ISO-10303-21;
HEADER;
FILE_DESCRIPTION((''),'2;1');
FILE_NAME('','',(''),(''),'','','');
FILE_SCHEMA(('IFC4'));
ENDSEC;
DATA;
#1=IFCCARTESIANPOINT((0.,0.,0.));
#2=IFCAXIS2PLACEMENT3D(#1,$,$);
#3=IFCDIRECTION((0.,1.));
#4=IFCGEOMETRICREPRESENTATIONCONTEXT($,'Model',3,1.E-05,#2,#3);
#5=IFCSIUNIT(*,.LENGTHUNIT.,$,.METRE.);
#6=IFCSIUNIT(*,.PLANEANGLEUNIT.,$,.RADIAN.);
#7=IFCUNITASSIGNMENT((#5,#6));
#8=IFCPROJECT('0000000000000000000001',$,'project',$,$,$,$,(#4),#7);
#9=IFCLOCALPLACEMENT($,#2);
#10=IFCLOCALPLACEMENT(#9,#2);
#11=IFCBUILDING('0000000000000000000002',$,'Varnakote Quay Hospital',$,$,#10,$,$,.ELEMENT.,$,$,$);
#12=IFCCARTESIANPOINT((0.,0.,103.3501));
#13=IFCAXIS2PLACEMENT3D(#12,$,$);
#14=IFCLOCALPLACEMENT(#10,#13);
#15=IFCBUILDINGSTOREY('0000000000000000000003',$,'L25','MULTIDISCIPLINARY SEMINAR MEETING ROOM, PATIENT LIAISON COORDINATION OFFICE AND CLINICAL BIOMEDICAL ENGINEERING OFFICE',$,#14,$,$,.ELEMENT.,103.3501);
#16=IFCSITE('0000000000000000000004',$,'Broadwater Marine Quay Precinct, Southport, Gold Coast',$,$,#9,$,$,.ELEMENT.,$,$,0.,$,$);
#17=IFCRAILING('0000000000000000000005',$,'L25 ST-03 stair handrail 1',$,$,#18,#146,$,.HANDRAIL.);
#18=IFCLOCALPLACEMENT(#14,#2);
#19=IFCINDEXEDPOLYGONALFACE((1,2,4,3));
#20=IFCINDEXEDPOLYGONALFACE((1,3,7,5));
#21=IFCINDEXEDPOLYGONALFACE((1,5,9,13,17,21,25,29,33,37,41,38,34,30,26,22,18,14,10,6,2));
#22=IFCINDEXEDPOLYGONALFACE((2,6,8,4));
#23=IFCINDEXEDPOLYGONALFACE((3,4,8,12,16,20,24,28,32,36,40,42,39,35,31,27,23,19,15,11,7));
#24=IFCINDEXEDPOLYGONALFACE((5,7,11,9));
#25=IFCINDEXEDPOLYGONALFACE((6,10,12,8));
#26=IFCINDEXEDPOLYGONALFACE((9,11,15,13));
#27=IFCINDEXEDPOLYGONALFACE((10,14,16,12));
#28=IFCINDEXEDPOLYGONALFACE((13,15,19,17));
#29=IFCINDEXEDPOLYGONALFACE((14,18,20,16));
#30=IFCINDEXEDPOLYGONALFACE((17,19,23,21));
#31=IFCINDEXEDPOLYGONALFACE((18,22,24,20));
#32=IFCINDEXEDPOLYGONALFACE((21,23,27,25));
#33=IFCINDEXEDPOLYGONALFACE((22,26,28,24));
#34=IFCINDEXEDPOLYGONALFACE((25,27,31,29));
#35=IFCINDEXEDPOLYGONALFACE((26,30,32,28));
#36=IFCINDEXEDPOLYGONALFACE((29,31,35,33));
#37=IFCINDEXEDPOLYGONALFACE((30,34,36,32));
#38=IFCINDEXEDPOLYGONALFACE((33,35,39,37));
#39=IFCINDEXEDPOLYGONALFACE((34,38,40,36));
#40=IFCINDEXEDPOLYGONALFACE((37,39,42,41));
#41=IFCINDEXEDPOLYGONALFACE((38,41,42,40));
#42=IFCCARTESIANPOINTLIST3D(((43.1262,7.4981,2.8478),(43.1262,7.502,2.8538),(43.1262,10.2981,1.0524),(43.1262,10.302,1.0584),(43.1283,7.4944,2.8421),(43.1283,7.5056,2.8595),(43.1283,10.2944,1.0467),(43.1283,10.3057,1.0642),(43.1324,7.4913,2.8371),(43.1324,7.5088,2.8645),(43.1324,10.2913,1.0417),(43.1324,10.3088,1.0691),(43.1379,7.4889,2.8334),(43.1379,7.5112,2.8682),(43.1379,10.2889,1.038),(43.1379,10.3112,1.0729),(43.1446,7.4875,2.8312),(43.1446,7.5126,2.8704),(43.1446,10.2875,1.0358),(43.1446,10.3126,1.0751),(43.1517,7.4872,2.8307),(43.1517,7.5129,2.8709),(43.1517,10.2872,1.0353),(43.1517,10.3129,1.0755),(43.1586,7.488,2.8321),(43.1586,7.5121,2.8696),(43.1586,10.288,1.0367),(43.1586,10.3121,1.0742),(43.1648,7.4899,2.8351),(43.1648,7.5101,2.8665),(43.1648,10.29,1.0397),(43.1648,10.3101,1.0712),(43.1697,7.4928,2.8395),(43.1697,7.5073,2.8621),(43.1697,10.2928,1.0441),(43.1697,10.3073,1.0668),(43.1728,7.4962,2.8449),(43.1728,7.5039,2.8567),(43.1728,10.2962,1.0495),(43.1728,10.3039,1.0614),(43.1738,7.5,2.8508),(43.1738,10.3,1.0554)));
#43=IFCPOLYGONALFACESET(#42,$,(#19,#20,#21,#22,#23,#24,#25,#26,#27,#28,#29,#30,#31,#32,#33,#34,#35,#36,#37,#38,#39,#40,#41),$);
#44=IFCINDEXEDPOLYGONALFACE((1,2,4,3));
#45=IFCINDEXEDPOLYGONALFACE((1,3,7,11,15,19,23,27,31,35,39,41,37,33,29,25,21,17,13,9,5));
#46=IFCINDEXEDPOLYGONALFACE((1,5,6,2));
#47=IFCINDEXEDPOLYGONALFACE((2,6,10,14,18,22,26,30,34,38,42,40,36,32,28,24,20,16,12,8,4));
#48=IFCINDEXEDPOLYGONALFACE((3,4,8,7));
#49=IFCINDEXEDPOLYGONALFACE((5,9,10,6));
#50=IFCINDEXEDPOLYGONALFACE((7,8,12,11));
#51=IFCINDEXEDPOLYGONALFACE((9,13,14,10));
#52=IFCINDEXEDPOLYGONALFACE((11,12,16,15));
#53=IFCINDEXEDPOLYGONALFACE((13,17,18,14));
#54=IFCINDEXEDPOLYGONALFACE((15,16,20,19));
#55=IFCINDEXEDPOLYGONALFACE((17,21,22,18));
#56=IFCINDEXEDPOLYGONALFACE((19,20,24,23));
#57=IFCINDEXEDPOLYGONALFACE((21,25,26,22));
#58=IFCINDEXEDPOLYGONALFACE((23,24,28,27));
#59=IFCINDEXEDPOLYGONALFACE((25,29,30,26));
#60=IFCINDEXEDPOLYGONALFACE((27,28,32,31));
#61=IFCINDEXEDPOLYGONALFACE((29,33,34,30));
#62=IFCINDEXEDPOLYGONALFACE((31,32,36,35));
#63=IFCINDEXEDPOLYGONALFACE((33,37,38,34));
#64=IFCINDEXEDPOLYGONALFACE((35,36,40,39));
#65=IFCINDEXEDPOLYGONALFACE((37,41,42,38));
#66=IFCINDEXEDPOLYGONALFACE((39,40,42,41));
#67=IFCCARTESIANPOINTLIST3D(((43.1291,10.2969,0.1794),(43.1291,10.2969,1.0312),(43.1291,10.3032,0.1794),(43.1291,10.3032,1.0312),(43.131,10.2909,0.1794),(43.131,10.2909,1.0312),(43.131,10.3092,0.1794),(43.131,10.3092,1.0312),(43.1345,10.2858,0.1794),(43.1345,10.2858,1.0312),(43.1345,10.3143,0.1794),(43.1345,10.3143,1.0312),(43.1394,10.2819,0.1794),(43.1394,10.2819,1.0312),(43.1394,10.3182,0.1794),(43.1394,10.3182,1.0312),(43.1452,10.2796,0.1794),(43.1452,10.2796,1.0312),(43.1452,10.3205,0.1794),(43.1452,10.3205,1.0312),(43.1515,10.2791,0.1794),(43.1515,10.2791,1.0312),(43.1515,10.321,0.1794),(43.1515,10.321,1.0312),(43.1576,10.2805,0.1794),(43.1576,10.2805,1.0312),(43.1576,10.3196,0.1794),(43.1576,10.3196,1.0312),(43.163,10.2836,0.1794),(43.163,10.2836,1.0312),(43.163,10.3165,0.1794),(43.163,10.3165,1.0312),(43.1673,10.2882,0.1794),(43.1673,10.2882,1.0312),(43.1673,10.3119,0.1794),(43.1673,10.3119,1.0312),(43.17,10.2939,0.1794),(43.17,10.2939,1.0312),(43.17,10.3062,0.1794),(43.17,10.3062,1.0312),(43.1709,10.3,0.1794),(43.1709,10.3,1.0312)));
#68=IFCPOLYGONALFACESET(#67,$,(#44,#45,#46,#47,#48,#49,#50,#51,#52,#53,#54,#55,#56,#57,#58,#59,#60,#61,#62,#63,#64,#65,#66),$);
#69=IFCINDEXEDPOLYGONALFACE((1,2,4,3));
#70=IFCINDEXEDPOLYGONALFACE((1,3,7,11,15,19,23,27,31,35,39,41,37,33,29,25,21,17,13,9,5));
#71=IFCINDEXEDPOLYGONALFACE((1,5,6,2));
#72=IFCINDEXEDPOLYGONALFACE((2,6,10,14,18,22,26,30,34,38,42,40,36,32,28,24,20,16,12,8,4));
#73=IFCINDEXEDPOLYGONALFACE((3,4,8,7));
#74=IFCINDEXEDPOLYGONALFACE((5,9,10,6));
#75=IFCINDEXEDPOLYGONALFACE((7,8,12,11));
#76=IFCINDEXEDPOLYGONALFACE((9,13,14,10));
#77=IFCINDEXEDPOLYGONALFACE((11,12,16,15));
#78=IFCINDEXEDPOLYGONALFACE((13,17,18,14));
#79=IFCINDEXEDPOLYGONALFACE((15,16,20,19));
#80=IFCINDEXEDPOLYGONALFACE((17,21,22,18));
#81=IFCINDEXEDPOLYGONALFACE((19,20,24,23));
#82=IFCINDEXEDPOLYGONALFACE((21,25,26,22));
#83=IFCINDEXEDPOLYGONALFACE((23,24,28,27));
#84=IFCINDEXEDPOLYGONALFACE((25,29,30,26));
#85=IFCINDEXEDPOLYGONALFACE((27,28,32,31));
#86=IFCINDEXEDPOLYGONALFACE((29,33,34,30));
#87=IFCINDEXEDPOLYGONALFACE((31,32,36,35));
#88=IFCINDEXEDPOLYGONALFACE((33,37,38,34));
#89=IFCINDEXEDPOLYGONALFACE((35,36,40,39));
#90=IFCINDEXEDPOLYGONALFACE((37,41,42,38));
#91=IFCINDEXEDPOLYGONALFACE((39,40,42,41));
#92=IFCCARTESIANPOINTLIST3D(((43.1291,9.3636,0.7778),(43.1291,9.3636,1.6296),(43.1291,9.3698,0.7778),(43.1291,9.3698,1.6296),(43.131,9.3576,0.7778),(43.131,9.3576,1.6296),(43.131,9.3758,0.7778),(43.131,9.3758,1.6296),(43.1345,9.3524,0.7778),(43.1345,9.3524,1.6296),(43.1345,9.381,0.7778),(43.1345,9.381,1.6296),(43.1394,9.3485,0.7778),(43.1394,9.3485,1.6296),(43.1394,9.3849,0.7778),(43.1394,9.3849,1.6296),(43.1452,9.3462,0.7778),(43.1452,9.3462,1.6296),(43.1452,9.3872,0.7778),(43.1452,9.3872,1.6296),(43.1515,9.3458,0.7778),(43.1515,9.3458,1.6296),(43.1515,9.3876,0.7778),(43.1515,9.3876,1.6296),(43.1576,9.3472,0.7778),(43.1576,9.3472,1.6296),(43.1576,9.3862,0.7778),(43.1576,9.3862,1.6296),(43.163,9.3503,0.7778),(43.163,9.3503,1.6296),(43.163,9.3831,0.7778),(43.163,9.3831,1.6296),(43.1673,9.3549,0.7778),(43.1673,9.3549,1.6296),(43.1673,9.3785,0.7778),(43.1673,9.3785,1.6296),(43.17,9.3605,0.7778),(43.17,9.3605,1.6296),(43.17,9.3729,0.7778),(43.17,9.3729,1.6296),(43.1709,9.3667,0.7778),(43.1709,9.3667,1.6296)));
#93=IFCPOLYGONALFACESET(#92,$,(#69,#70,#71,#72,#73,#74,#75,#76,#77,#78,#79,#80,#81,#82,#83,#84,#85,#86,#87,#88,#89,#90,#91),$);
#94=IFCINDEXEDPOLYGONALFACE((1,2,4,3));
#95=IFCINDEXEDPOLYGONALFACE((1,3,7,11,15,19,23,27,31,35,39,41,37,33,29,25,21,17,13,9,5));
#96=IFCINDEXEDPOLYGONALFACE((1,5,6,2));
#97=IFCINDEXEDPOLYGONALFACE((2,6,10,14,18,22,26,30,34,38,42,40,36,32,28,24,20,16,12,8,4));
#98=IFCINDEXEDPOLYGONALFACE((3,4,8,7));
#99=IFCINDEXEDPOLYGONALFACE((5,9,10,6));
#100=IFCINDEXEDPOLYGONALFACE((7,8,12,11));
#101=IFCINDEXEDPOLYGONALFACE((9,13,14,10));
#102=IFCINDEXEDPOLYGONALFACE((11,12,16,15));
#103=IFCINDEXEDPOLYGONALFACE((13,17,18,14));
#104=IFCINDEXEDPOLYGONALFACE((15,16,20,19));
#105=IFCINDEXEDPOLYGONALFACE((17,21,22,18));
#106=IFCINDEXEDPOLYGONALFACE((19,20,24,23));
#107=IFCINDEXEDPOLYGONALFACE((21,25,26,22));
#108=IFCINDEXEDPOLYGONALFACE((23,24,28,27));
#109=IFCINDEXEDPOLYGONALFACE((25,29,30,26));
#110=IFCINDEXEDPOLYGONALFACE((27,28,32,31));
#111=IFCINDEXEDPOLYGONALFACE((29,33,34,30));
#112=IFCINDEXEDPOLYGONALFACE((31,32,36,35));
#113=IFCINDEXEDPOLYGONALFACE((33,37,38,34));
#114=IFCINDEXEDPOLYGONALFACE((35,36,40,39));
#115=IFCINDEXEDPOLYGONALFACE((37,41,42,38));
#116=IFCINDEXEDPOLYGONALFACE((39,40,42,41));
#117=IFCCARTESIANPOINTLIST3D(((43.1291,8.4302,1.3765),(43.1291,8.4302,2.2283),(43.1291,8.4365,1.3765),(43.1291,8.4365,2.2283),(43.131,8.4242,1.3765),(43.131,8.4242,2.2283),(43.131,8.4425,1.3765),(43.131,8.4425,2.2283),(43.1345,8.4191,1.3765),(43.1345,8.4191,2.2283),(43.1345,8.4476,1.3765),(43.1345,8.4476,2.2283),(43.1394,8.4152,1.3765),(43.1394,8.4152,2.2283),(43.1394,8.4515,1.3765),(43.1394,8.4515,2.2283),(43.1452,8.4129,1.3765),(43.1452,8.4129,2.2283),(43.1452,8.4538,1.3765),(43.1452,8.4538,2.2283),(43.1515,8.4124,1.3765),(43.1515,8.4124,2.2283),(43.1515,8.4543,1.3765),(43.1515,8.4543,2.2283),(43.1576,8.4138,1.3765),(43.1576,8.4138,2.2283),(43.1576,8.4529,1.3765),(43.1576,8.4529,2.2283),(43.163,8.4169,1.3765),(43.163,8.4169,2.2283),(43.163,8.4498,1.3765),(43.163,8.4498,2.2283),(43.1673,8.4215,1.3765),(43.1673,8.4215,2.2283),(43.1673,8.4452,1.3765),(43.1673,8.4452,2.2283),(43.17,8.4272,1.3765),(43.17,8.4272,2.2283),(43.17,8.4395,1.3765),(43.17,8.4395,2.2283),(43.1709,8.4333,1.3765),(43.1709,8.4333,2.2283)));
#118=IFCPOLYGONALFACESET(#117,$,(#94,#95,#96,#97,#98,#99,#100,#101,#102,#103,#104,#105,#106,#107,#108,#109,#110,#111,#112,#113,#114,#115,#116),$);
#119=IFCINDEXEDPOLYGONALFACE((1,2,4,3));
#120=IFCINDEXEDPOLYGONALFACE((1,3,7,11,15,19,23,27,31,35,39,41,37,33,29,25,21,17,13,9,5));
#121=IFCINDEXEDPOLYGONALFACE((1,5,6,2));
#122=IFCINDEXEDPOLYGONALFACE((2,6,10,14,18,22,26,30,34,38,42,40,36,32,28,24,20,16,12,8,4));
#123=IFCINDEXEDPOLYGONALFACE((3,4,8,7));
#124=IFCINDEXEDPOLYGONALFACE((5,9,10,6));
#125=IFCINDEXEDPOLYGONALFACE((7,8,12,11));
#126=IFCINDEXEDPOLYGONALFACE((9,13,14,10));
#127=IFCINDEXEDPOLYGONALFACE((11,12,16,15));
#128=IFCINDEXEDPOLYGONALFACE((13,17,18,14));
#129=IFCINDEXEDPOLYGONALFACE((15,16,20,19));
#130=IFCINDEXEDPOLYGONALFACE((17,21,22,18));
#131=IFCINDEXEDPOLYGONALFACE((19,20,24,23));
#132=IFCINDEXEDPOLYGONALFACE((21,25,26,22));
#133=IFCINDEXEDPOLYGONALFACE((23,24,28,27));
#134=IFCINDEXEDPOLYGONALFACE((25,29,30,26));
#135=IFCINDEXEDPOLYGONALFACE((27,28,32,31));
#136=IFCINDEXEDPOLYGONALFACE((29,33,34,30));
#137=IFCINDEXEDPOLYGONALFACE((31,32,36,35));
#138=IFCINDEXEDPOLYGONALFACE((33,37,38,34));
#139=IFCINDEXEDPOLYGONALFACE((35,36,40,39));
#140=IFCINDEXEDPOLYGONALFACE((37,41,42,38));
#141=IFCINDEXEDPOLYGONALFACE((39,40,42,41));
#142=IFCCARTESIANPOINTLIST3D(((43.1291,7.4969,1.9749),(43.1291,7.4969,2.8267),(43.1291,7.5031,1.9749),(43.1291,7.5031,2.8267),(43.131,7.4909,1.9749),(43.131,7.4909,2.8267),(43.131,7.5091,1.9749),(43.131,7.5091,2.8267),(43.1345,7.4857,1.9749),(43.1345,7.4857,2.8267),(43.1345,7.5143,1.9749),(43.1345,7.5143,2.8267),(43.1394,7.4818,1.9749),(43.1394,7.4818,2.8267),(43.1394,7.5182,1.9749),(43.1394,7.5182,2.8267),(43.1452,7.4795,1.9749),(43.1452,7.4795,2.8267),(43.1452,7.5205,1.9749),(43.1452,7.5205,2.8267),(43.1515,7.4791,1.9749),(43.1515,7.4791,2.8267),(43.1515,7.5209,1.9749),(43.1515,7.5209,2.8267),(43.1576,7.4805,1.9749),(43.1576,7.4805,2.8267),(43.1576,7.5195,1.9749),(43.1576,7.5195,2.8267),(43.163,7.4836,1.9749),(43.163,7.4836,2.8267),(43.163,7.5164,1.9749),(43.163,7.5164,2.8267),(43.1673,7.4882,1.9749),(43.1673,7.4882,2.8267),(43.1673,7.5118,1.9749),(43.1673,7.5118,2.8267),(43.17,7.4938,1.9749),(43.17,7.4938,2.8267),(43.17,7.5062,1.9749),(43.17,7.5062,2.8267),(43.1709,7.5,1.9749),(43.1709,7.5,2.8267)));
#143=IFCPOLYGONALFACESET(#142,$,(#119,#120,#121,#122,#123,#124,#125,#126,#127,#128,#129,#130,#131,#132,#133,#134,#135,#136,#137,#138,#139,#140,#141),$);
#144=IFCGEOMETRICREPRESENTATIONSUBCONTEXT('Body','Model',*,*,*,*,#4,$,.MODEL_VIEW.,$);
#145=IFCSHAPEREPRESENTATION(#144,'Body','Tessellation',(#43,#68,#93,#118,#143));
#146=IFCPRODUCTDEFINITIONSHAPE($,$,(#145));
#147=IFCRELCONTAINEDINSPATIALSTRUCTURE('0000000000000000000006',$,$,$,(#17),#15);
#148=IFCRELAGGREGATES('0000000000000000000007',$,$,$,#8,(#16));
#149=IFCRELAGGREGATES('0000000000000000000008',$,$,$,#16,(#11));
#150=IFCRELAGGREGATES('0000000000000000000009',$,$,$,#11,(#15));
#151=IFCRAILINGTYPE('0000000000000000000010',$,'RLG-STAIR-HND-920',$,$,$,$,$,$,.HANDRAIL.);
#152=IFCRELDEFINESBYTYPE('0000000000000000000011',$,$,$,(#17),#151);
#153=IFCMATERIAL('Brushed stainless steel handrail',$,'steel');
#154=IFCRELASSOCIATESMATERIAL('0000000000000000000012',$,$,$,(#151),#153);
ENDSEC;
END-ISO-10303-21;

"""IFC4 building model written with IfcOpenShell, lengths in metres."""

from ifc_helpers import new_model, si_unit, direction, frame, origin, origin_2d, place, context, subcontext, project, spatial, circle, extrude, material, type_object, element, save


model = new_model("IFC4")

# Units and contexts
model_context = context("Model", 3, precision=1e-05, world=origin(), true_north=direction((0.0, 1.0)))
body_context = subcontext(model_context, "Body", "Model", "MODEL_VIEW")
ifc_project = project(units=[si_unit("LENGTHUNIT", "METRE"), si_unit("PLANEANGLEUNIT", "RADIAN")], contexts=[model_context])

# Site, building, storey
site_placement = place(None, origin())
site = spatial("IfcSite", under=ifc_project, at=site_placement, Name="Broadwater Marine Quay Precinct, Southport, Gold Coast", CompositionType="ELEMENT", RefElevation=0.0)
building_placement = place(site_placement, origin())
building = spatial("IfcBuilding", under=site, at=building_placement, Name="Varnakote Quay Hospital", CompositionType="ELEMENT")
storey_placement = place(building_placement, frame((0.0, 0.0, 103.3501)))
storey = spatial("IfcBuildingStorey", under=building, at=storey_placement, Name="L25", Description="MULTIDISCIPLINARY SEMINAR MEETING ROOM, PATIENT LIAISON COORDINATION OFFICE AND CLINICAL BIOMEDICAL ENGINEERING OFFICE", CompositionType="ELEMENT", Elevation=103.3501)

# Railing
ifc_material_1 = material(Name="Brushed stainless steel handrail", Category="steel")
railing_type_1 = type_object("IfcRailingType", Name="RLG-STAIR-HND-920", PredefinedType="HANDRAIL", material=ifc_material_1)
railing_1_placement = place(storey_placement, frame((43.1499, 10.3, 0.1794)))
element("IfcRailing", 1, at=railing_1_placement, inside=storey, type_object=railing_type_1, Name="L25 ST-03 stair handrail 1", PredefinedType="HANDRAIL", context=body_context, shape_type="SweptSolid", body=[
    extrude(circle(Radius=0.0239, at=origin_2d()), frame((0.0, 0.0, 0.876), z_axis=(0.0, -0.84181, 0.539774), x_axis=(1.0, 0.0, 0.0)), (0.0, 0.0, 1.0), 3.3262),
    extrude(circle(Radius=0.021, at=origin_2d()), origin(), (0.0, 0.0, 1.0), 0.8518),
    extrude(circle(Radius=0.021, at=origin_2d()), frame((0.0, -0.9333, 0.5984)), (0.0, 0.0, 1.0), 0.8518),
    extrude(circle(Radius=0.021, at=origin_2d()), frame((0.0, -1.8667, 1.197)), (0.0, 0.0, 1.0), 0.8518),
    extrude(circle(Radius=0.021, at=origin_2d()), frame((0.0, -2.8, 1.7954)), (0.0, 0.0, 1.0), 0.8518),
])

save(model, "model.ifc")
